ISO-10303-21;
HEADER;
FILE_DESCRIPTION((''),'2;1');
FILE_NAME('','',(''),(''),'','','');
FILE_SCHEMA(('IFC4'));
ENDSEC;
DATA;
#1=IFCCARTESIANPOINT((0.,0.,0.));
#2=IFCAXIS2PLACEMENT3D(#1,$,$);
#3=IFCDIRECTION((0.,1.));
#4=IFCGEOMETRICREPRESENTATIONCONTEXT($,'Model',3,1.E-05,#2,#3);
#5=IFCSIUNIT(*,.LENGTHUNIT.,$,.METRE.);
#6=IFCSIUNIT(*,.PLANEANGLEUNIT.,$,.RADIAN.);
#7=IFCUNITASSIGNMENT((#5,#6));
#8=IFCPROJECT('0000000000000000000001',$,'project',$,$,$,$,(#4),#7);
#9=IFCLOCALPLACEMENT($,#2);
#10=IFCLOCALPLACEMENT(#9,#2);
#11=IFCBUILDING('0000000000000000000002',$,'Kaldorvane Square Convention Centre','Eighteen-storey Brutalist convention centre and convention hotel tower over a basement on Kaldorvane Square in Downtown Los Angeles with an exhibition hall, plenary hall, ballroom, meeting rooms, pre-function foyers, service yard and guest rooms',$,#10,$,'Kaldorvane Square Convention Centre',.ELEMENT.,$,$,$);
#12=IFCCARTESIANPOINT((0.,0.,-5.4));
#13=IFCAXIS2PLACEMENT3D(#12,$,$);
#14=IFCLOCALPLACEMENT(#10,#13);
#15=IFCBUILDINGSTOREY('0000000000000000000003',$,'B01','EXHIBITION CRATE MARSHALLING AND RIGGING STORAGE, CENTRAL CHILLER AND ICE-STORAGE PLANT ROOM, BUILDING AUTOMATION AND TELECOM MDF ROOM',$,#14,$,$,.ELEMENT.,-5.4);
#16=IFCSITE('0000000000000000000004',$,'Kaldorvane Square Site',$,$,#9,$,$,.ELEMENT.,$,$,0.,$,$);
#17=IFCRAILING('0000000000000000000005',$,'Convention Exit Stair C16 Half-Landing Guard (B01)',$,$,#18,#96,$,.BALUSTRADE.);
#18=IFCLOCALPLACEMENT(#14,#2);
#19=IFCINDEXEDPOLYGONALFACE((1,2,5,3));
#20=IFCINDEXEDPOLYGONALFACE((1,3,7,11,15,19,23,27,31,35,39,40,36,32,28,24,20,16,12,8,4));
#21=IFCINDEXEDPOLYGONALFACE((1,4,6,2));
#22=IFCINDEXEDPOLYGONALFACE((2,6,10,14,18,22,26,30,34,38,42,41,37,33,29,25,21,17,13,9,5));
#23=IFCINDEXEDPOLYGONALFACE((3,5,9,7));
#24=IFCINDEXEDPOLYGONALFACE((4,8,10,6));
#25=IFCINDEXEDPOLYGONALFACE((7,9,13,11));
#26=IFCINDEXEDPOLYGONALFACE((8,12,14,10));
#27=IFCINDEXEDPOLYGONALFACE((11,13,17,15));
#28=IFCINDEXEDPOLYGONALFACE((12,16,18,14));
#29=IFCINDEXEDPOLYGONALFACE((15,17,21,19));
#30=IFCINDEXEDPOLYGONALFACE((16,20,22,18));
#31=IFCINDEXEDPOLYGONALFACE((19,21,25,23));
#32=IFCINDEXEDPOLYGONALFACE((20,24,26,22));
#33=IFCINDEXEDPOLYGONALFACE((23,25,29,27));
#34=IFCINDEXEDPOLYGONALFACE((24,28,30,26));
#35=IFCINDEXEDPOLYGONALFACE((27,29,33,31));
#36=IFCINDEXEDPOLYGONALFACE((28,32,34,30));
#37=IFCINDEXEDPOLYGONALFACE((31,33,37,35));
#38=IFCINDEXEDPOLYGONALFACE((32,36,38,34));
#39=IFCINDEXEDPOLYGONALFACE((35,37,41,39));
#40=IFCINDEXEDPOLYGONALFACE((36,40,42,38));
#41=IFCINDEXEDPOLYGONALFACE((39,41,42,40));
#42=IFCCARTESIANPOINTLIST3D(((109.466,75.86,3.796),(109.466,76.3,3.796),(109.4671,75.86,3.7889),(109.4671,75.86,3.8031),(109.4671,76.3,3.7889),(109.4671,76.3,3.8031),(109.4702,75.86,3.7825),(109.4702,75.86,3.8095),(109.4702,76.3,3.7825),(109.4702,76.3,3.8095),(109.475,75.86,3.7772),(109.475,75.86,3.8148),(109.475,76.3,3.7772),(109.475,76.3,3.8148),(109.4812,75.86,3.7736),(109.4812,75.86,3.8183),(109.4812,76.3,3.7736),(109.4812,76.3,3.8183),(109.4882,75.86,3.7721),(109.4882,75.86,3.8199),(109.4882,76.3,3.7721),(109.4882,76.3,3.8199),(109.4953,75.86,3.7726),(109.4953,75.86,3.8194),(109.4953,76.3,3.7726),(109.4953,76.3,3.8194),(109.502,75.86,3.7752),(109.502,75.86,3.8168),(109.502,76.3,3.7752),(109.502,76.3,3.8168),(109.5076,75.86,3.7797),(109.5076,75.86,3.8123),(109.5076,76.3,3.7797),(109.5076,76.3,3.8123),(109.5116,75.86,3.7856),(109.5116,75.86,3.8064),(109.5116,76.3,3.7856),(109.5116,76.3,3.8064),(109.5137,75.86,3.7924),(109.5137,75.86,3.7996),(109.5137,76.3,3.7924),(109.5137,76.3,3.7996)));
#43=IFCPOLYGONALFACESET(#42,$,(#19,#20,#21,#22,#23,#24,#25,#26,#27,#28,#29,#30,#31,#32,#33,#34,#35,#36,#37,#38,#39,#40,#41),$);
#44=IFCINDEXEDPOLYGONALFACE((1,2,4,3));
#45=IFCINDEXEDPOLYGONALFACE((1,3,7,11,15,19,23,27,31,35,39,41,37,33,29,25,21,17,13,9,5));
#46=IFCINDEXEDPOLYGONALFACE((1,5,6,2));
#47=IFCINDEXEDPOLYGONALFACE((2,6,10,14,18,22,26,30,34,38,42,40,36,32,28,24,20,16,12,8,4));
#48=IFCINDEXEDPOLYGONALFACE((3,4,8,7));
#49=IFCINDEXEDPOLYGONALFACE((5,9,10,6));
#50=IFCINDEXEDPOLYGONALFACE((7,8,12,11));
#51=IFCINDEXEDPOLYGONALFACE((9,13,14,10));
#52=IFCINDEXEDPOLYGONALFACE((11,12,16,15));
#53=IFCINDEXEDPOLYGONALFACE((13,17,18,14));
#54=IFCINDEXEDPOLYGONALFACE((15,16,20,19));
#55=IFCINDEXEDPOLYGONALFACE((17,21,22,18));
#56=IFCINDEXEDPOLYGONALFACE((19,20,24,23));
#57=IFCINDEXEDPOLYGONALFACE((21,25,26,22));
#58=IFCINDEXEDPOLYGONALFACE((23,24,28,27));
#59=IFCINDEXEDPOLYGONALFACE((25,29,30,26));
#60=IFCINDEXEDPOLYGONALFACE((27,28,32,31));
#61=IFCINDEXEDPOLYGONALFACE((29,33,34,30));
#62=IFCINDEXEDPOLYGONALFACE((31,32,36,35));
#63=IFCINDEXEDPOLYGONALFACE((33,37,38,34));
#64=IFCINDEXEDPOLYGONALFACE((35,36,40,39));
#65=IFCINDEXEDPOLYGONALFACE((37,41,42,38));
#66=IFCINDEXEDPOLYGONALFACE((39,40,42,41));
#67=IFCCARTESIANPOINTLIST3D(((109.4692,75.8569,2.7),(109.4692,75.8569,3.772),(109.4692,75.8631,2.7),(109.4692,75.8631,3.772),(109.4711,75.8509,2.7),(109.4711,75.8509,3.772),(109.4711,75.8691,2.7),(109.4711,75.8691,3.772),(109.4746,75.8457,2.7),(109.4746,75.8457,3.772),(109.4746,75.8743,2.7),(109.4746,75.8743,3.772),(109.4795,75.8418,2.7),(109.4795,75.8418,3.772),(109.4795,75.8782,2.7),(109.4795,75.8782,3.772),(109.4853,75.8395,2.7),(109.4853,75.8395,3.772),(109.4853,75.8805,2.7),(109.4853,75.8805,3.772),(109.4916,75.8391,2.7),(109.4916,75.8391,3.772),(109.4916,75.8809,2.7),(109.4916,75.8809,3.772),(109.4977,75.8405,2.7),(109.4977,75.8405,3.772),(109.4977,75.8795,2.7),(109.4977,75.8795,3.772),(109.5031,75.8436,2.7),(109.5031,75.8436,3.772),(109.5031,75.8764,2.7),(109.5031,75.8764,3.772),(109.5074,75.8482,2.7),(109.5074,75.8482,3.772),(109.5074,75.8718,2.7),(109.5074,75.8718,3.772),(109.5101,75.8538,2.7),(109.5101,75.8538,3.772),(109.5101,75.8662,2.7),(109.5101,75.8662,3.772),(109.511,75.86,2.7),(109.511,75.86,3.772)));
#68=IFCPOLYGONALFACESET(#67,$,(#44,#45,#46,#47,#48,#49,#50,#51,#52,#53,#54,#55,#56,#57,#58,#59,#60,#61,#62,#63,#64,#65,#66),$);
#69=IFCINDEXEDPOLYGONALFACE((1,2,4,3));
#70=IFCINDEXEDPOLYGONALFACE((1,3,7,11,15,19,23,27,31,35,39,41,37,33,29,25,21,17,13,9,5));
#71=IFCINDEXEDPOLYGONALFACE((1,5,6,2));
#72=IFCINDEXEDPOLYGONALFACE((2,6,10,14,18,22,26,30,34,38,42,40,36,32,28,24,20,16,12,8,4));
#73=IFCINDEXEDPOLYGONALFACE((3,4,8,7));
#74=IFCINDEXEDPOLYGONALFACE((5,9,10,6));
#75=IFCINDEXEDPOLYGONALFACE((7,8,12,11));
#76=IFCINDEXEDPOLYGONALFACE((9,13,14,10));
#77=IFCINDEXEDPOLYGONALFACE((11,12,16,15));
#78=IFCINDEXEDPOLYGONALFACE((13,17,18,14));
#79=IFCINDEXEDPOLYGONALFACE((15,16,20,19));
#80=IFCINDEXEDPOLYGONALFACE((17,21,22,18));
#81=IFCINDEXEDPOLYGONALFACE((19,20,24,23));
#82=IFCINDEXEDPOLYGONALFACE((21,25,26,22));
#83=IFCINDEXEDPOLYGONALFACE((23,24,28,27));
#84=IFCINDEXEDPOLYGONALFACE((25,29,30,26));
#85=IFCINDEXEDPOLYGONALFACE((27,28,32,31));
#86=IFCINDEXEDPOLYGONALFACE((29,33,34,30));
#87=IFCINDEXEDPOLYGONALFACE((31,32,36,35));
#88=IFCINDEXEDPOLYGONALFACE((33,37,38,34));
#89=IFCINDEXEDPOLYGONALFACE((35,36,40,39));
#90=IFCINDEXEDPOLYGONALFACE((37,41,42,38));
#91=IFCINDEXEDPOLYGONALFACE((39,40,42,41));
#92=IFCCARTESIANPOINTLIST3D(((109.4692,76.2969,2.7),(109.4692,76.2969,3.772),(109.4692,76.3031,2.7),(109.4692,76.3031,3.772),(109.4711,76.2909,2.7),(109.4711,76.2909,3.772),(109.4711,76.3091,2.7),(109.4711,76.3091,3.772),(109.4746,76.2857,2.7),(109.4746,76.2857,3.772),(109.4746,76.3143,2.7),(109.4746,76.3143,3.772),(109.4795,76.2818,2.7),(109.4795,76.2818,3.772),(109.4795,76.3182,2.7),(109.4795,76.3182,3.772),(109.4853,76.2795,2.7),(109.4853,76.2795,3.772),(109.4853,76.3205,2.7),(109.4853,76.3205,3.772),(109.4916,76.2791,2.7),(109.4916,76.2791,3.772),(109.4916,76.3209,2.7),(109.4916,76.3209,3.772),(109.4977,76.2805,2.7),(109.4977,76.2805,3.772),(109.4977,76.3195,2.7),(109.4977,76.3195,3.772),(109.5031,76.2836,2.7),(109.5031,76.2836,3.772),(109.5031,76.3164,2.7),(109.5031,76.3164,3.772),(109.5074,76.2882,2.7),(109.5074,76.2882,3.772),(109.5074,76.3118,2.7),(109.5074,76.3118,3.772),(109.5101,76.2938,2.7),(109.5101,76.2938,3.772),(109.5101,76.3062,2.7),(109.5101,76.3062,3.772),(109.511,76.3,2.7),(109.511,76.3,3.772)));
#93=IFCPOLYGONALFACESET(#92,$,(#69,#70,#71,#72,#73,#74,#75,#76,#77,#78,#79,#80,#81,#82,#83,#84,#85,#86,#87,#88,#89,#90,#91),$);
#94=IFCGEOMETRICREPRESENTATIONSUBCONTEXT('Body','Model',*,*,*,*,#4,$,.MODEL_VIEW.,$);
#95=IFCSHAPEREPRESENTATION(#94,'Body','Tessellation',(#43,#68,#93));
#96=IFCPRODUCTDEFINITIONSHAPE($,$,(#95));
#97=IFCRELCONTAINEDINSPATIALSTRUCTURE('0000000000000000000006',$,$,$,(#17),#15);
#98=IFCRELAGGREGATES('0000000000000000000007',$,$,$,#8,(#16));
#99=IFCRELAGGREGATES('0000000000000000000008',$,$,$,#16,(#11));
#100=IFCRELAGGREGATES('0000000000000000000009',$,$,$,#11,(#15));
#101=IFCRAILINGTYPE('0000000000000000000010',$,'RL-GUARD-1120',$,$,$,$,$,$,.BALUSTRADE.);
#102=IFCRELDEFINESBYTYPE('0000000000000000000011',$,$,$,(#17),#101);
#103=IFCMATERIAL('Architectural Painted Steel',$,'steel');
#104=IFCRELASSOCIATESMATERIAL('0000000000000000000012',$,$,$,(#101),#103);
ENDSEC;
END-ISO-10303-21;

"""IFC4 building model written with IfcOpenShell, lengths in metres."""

from ifc_helpers import new_model, si_unit, direction, frame, origin, origin_2d, place, context, subcontext, project, spatial, circle, extrude, material, type_object, element, save


model = new_model("IFC4")

# Units and contexts
model_context = context("Model", 3, precision=1e-05, world=origin(), true_north=direction((0.0, 1.0)))
body_context = subcontext(model_context, "Body", "Model", "MODEL_VIEW")
ifc_project = project(units=[si_unit("LENGTHUNIT", "METRE"), si_unit("PLANEANGLEUNIT", "RADIAN")], contexts=[model_context])

# Site, building, storey
site_placement = place(None, origin())
site = spatial("IfcSite", under=ifc_project, at=site_placement, Name="Kaldorvane Square Site", CompositionType="ELEMENT", RefElevation=0.0)
building_placement = place(site_placement, origin())
building = spatial("IfcBuilding", under=site, at=building_placement, Name="Kaldorvane Square Convention Centre", Description="Eighteen-storey Brutalist convention centre and convention hotel tower over a basement on Kaldorvane Square in Downtown Los Angeles with an exhibition hall, plenary hall, ballroom, meeting rooms, pre-function foyers, service yard and guest rooms", LongName="Kaldorvane Square Convention Centre", CompositionType="ELEMENT")
storey_placement = place(building_placement, frame((0.0, 0.0, -5.4)))
storey = spatial("IfcBuildingStorey", under=building, at=storey_placement, Name="B01", Description="EXHIBITION CRATE MARSHALLING AND RIGGING STORAGE, CENTRAL CHILLER AND ICE-STORAGE PLANT ROOM, BUILDING AUTOMATION AND TELECOM MDF ROOM", CompositionType="ELEMENT", Elevation=-5.4)

# Railing
ifc_material_1 = material(Name="Architectural Painted Steel", Category="steel")
railing_type_1 = type_object("IfcRailingType", Name="RL-GUARD-1120", PredefinedType="BALUSTRADE", material=ifc_material_1)
railing_1_placement = place(storey_placement, frame((109.49, 75.86, 2.7)))
element("IfcRailing", 1, at=railing_1_placement, inside=storey, type_object=railing_type_1, Name="Convention Exit Stair C16 Half-Landing Guard (B01)", PredefinedType="BALUSTRADE", context=body_context, shape_type="SweptSolid", body=[
    extrude(circle(Radius=0.024, at=origin_2d()), frame((0.0, 0.0, 1.096), z_axis=(0.0, 1.0, 0.0), x_axis=(-1.0, 0.0, 0.0)), (0.0, 0.0, 1.0), 0.44),
    extrude(circle(Radius=0.021, at=origin_2d()), origin(), (0.0, 0.0, 1.0), 1.072),
    extrude(circle(Radius=0.021, at=origin_2d()), frame((0.0, 0.44, 0.0)), (0.0, 0.0, 1.0), 1.072),
])

save(model, "model.ifc")
